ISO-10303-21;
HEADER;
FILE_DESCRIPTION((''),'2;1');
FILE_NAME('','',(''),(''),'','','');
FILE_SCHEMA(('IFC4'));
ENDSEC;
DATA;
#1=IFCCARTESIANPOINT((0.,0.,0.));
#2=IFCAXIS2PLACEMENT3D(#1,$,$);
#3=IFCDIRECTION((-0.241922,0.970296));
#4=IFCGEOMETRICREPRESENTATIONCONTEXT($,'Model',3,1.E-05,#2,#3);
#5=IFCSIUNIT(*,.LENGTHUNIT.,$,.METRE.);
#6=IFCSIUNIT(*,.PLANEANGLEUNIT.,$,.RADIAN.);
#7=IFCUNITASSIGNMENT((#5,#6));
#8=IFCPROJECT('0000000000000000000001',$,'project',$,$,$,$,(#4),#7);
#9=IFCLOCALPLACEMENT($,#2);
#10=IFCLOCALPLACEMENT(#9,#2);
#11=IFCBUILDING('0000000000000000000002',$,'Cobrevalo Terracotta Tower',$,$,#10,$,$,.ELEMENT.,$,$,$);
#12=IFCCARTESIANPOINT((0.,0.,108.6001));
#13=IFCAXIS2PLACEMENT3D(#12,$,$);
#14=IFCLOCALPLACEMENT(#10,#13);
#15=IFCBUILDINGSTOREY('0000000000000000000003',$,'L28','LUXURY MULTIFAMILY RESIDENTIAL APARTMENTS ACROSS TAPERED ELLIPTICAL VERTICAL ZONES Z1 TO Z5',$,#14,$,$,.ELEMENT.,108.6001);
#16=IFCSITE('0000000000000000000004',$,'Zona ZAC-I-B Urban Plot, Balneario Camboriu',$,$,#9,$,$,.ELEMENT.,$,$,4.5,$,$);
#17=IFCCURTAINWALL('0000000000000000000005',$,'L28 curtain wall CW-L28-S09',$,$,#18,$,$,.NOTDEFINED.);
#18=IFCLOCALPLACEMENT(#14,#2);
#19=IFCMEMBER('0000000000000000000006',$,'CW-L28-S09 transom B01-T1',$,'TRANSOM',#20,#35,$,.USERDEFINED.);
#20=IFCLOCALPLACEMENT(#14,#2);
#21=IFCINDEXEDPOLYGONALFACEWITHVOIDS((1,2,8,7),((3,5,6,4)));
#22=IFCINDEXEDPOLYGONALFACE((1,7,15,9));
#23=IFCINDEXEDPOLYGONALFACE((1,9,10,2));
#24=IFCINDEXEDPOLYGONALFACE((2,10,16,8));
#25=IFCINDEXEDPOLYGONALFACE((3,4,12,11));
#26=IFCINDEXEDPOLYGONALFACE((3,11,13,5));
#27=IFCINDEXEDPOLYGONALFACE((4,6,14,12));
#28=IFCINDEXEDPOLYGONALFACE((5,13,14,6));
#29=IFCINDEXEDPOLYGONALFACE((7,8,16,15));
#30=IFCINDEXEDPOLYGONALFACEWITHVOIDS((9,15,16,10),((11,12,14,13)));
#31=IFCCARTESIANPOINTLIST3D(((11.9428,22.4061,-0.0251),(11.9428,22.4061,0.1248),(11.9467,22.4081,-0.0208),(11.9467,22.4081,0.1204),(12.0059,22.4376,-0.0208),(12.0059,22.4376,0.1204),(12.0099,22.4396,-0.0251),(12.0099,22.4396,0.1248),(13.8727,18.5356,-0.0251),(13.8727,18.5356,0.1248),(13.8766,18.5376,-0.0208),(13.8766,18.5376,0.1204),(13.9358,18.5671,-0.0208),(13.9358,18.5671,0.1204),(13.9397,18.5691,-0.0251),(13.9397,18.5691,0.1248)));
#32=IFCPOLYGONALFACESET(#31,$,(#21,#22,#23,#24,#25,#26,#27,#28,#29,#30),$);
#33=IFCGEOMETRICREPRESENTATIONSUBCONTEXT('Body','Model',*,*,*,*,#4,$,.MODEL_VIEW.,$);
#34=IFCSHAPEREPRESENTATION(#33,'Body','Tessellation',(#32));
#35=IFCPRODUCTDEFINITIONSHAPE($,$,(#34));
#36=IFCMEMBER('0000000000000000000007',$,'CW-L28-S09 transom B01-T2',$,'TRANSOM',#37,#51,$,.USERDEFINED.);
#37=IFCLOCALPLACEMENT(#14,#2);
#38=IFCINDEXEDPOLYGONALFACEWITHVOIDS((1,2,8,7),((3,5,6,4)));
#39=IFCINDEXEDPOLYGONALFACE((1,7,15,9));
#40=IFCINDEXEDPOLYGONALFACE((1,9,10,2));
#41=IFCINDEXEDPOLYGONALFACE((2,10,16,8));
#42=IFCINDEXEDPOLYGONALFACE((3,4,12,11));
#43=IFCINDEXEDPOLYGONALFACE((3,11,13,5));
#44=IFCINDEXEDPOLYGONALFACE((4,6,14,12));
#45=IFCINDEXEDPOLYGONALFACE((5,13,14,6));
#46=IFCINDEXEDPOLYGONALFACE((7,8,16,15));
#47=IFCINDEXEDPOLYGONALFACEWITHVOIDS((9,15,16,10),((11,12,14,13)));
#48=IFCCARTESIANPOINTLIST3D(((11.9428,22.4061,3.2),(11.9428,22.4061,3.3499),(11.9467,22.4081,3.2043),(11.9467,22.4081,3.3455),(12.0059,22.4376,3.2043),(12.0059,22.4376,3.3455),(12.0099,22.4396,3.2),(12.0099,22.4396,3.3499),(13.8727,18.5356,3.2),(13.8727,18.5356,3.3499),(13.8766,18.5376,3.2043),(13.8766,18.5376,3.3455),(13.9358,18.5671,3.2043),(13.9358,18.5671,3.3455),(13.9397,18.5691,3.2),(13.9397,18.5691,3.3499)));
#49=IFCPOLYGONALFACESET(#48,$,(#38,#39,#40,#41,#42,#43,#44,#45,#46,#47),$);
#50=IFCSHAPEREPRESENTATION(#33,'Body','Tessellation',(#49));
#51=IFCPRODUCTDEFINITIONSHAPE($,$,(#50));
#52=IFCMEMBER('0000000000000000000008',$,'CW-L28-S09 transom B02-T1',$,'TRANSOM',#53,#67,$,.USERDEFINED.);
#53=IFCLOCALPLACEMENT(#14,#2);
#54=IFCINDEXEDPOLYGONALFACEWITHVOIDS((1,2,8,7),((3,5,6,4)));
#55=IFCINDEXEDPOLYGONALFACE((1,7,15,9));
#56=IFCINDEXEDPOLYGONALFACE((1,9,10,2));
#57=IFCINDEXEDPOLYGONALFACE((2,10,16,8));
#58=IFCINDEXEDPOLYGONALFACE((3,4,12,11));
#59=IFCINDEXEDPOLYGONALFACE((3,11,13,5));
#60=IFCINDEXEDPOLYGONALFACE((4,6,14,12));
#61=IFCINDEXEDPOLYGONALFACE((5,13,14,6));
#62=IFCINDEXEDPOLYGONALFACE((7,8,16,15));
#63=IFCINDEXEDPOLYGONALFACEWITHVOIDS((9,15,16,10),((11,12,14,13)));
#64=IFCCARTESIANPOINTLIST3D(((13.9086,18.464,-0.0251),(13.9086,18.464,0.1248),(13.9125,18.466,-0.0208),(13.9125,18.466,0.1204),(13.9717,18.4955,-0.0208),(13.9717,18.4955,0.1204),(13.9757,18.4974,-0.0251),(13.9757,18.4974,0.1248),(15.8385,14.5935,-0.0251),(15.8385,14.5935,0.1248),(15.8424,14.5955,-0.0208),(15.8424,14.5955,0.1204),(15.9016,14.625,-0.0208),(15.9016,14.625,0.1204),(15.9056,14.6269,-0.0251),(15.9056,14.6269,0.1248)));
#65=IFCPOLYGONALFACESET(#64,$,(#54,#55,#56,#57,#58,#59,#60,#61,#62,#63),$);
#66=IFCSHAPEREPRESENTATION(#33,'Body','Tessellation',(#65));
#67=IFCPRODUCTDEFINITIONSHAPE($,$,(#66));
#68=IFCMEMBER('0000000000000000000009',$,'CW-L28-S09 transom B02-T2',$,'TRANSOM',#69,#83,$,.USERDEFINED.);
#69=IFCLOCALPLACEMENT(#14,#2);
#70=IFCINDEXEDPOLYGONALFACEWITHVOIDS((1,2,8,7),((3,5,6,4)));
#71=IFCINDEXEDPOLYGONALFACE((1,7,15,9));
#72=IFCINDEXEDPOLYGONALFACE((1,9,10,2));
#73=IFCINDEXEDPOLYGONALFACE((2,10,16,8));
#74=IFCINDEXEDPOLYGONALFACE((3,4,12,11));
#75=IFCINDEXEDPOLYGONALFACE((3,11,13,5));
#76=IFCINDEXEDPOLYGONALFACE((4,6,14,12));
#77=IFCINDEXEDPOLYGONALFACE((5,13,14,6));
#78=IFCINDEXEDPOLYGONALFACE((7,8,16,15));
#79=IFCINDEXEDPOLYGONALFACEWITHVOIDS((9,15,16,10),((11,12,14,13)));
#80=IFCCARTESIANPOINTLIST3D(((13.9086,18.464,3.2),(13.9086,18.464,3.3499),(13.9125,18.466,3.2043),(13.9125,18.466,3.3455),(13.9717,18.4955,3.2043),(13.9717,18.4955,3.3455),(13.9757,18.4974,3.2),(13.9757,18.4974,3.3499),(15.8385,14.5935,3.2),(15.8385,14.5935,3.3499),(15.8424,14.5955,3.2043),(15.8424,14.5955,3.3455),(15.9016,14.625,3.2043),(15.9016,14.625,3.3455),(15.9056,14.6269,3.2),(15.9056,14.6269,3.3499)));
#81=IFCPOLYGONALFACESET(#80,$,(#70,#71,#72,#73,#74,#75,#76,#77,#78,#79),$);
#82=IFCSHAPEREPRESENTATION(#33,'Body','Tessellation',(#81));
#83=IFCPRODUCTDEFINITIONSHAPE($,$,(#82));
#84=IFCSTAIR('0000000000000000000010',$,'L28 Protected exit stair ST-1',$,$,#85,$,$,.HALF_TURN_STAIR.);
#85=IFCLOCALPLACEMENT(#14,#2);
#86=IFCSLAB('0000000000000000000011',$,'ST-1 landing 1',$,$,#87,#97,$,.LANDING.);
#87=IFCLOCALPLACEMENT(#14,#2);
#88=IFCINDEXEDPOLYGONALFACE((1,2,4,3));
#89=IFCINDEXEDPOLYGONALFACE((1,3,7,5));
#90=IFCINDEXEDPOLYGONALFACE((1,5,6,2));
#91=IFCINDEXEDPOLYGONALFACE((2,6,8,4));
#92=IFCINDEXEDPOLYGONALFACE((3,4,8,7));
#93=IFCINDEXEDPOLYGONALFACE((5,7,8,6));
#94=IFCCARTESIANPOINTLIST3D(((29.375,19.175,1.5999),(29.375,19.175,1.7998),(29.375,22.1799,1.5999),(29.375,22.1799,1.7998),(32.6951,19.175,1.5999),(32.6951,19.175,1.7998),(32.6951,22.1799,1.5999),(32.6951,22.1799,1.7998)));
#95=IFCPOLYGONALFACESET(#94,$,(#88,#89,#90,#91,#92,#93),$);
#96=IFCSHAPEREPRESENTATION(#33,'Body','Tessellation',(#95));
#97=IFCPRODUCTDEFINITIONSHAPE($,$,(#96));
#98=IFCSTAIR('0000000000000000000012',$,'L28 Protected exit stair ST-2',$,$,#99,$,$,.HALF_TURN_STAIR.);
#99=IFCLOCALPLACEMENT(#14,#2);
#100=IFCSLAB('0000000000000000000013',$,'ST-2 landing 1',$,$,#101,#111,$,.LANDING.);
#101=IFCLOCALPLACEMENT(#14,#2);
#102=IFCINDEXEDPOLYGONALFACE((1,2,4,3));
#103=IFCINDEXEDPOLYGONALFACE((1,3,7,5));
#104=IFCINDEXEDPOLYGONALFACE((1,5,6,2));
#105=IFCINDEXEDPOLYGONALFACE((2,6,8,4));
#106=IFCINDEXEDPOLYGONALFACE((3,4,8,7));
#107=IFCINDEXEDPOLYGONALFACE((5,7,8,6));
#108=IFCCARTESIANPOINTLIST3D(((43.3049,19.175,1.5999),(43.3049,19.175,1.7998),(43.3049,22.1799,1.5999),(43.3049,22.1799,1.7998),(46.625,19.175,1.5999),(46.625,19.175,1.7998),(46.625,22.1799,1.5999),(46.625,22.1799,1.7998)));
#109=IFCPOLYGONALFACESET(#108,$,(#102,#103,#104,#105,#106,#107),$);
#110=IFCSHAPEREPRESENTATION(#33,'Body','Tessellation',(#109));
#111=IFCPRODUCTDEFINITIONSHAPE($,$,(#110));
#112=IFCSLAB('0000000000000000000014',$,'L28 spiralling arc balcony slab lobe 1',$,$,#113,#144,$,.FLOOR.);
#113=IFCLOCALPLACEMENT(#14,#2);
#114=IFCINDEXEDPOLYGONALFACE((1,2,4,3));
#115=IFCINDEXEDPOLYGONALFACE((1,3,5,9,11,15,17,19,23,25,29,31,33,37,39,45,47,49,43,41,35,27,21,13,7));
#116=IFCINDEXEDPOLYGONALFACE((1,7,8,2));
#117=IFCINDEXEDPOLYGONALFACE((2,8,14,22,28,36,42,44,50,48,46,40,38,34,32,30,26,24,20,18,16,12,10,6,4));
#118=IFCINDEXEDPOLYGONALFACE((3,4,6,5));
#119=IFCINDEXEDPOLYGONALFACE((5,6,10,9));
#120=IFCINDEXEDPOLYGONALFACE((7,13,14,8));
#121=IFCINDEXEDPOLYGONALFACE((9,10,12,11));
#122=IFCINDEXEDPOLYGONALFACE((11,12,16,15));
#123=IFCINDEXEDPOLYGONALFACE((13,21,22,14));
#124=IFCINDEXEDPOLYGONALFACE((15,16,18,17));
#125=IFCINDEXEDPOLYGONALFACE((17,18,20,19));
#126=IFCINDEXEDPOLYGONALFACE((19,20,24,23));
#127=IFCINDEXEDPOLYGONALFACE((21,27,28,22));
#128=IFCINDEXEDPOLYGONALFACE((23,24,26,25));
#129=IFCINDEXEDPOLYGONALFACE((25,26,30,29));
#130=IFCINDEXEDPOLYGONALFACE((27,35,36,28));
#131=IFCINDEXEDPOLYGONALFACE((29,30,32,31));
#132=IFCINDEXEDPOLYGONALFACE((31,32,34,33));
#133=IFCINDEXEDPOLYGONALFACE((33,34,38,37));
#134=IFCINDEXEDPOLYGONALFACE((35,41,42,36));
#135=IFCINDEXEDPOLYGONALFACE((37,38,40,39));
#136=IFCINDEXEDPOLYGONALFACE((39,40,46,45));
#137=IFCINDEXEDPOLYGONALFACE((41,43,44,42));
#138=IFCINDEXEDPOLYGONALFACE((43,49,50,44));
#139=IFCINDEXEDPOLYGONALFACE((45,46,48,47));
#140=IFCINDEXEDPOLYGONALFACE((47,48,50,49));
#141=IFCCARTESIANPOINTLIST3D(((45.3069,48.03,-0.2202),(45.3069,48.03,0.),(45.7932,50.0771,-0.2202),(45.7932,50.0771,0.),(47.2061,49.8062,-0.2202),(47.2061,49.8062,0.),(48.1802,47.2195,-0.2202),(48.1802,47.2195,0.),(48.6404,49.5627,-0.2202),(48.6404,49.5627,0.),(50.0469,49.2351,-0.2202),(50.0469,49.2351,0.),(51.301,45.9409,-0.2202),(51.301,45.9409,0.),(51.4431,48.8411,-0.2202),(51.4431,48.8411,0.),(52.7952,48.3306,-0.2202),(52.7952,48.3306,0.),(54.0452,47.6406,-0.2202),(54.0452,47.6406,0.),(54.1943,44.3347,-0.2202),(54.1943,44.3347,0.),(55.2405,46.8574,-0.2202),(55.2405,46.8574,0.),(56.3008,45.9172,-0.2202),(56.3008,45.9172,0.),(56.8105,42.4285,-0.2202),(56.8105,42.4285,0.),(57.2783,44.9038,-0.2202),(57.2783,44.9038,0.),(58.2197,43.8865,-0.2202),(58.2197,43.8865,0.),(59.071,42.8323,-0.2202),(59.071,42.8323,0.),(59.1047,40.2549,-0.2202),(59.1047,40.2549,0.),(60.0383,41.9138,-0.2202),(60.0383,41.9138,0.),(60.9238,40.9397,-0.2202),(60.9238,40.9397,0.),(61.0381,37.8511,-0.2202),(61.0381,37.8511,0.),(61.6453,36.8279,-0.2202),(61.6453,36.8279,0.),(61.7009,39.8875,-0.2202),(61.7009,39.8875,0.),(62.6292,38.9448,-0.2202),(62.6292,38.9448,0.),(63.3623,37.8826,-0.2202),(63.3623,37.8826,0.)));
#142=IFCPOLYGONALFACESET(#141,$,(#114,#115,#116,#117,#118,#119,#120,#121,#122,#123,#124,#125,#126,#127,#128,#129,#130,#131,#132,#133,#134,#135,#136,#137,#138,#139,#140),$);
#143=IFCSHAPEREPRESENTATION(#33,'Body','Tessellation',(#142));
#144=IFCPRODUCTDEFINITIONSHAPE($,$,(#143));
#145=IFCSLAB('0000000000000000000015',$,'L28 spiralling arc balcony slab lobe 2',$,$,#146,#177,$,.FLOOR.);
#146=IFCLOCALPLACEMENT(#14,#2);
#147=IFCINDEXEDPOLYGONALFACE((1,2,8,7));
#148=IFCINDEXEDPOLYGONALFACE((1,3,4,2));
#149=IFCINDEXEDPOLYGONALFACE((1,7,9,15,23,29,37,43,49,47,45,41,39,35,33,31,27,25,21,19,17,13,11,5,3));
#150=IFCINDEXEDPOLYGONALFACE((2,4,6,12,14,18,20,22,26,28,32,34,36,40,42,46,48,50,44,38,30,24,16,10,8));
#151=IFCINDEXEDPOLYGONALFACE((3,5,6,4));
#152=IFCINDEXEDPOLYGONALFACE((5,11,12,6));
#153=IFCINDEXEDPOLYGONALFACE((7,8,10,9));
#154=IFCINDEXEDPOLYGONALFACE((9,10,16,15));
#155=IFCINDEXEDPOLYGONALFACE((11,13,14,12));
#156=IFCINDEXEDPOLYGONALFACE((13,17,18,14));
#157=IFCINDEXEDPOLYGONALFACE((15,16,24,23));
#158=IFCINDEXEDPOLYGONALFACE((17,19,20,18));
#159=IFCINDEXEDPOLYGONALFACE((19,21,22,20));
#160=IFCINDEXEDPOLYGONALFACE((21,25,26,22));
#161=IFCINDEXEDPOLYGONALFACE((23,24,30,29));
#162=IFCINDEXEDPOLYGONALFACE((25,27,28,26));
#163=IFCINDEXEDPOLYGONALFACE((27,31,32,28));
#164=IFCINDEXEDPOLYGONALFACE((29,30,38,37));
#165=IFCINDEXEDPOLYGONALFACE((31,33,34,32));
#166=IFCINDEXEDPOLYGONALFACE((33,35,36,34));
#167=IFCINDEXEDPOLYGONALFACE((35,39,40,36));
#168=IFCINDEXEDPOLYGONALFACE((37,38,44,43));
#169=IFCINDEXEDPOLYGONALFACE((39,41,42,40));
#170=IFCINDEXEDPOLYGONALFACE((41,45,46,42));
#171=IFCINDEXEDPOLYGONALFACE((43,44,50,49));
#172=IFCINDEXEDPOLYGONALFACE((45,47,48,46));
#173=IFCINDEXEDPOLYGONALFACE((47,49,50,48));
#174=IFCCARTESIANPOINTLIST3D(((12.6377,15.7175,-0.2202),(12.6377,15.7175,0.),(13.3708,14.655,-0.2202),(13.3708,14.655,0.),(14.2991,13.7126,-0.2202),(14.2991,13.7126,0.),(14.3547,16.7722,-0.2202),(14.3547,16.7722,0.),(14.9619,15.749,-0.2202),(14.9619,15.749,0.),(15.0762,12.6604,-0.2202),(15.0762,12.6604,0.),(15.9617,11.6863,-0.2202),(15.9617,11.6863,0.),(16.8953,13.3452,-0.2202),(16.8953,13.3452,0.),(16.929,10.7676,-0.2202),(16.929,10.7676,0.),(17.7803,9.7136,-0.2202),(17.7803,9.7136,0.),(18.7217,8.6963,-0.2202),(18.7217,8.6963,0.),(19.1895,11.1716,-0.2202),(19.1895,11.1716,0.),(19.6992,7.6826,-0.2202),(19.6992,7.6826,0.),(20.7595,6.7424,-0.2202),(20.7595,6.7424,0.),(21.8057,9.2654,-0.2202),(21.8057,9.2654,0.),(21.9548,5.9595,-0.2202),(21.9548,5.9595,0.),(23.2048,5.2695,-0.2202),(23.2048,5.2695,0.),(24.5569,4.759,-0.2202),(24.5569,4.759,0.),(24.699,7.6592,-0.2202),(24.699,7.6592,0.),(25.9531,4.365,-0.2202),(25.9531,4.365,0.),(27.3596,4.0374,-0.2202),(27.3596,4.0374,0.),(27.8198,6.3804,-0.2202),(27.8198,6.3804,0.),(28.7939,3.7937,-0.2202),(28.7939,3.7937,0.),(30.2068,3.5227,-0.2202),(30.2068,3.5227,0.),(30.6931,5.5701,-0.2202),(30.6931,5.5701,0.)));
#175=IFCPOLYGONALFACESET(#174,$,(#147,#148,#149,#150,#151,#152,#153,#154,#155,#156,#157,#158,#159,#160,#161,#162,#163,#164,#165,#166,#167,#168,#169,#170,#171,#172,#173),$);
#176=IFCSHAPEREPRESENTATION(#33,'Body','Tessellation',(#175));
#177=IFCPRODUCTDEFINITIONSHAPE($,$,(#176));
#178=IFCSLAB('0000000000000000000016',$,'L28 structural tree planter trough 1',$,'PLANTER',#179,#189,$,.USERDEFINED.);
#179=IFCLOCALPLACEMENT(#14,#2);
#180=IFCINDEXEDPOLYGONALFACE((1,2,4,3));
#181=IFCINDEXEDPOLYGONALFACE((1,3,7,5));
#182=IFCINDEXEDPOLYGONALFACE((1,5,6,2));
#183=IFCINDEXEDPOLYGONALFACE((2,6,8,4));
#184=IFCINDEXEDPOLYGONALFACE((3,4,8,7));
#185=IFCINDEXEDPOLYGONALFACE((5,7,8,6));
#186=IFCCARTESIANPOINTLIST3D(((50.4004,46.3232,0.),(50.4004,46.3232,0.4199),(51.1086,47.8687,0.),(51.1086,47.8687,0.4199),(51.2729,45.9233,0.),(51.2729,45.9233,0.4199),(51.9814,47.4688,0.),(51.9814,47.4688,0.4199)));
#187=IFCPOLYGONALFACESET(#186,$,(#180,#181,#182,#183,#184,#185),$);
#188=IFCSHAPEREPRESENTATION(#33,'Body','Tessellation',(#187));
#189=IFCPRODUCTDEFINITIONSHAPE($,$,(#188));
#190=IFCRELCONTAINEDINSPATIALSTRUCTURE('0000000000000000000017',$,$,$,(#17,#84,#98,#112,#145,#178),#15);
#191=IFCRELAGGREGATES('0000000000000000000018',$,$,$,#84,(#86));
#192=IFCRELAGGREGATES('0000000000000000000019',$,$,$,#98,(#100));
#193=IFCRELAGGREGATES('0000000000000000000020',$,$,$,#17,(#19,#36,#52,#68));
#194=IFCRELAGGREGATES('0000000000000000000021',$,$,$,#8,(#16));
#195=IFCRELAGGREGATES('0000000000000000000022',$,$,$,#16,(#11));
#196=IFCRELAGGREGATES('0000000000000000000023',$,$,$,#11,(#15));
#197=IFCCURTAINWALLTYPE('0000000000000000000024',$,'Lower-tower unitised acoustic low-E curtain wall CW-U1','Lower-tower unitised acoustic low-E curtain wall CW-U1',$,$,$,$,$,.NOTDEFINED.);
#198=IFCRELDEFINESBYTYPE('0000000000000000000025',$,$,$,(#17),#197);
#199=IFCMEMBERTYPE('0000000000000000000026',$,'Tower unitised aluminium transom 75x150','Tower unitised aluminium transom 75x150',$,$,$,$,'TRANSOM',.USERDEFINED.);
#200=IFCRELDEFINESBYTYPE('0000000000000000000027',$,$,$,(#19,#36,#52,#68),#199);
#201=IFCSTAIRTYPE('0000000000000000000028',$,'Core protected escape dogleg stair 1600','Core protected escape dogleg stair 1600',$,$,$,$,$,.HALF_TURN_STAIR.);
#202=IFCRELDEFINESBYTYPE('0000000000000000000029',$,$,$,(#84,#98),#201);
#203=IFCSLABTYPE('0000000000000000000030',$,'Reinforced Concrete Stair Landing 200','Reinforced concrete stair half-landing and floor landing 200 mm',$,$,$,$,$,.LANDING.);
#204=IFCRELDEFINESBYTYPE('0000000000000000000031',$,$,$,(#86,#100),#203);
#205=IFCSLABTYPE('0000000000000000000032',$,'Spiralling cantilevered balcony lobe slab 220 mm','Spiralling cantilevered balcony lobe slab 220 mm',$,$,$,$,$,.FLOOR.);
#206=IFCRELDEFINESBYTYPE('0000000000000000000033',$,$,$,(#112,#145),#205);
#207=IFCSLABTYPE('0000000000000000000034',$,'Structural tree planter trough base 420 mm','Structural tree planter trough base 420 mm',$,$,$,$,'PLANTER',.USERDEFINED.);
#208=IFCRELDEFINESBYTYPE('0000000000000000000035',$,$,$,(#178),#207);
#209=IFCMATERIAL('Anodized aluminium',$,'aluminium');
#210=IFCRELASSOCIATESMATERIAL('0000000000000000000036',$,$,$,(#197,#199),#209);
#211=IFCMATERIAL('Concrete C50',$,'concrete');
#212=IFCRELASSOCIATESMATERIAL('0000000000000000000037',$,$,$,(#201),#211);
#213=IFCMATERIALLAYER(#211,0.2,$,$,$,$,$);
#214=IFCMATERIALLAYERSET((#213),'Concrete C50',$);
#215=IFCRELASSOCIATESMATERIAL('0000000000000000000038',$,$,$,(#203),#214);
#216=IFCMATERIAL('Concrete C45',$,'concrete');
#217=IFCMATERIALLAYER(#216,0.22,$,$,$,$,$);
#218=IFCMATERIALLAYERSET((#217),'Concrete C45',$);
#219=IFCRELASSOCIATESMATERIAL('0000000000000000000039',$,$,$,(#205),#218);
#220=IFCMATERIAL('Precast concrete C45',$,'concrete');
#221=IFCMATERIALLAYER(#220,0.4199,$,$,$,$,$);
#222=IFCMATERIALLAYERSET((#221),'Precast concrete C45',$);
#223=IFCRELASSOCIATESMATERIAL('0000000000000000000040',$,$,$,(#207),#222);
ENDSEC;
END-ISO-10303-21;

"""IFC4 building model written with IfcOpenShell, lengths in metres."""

from ifc_helpers import new_model, si_unit, direction, frame, origin, origin_2d, place, context, subcontext, project, spatial, polyline, hollow_rectangle, outline, extrude, source, transform, mapped, material, layer, layer_set, material_profile, profile_set, type_object, element, aggregate, save


model = new_model("IFC4")

# Units and contexts
model_context = context("Model", 3, precision=1e-05, world=origin(), true_north=direction((-0.241922, 0.970296)))
body_context = subcontext(model_context, "Body", "Model", "MODEL_VIEW")
ifc_project = project(units=[si_unit("LENGTHUNIT", "METRE"), si_unit("PLANEANGLEUNIT", "RADIAN")], contexts=[model_context])

# Site, building, storey
site_placement = place(None, origin())
site = spatial("IfcSite", under=ifc_project, at=site_placement, Name="Zona ZAC-I-B Urban Plot, Balneario Camboriu", CompositionType="ELEMENT", RefElevation=4.5)
building_placement = place(site_placement, origin())
building = spatial("IfcBuilding", under=site, at=building_placement, Name="Cobrevalo Terracotta Tower", CompositionType="ELEMENT")
storey_placement = place(building_placement, frame((0.0, 0.0, 108.6001)))
storey = spatial("IfcBuildingStorey", under=building, at=storey_placement, Name="L28", Description="LUXURY MULTIFAMILY RESIDENTIAL APARTMENTS ACROSS TAPERED ELLIPTICAL VERTICAL ZONES Z1 TO Z5", CompositionType="ELEMENT", Elevation=108.6001)

# Shared definitions
ifc_material_1 = material(Name="Anodized aluminium", Category="aluminium")
curtain_wall_type = type_object("IfcCurtainWallType", Name="Lower-tower unitised acoustic low-E curtain wall CW-U1", Description="Lower-tower unitised acoustic low-E curtain wall CW-U1", PredefinedType="NOTDEFINED", material=ifc_material_1)

# Curtain wall, members
curtain_wall_1_placement = place(storey_placement, origin())
curtain_wall_1 = element("IfcCurtainWall", 1, at=curtain_wall_1_placement, inside=storey, type_object=curtain_wall_type, Name="L28 curtain wall CW-L28-S09", PredefinedType="NOTDEFINED")
ifc_material_profile_1 = material_profile(ifc_material_1, hollow_rectangle(XDim=0.075, YDim=0.1499, WallThickness=0.0044, at=origin_2d()), Name="CWT 75x150")
ifc_profile_set_1 = profile_set([ifc_material_profile_1], Name="Anodized aluminium")
member_type_1 = type_object("IfcMemberType", Name="Tower unitised aluminium transom 75x150", Description="Tower unitised aluminium transom 75x150", ElementType="TRANSOM", PredefinedType="USERDEFINED", material=ifc_profile_set_1)
shared_shape_1 = source(origin(), body_context, "Body", "SweptSolid", [
    extrude(hollow_rectangle(XDim=0.075, YDim=0.1499, WallThickness=0.0044, at=origin_2d()), origin(), (0.0, 0.0, 1.0), 4.325),
])
member_1_placement = place(storey_placement, frame((11.9763, 22.4229, 0.0498), z_axis=(0.44622, -0.894923, 0.0), x_axis=(0.894923, 0.44622, 0.0)))
member_1 = element("IfcMember", 2, at=member_1_placement, type_object=member_type_1, Name="CW-L28-S09 transom B01-T1", ObjectType="TRANSOM", PredefinedType="USERDEFINED", context=body_context, shape_type="MappedRepresentation", body=[
    mapped(shared_shape_1, transform((0.0, 0.0, 0.0), scale=1.0)),
])
member_2_placement = place(storey_placement, frame((11.9763, 22.4229, 3.2749), z_axis=(0.44622, -0.894923, 0.0), x_axis=(0.894923, 0.44622, 0.0)))
member_2 = element("IfcMember", 3, at=member_2_placement, type_object=member_type_1, Name="CW-L28-S09 transom B01-T2", ObjectType="TRANSOM", PredefinedType="USERDEFINED", context=body_context, shape_type="MappedRepresentation", body=[
    mapped(shared_shape_1, transform((0.0, 0.0, 0.0), scale=1.0)),
])
member_3_placement = place(storey_placement, frame((13.9421, 18.4807, 0.0498), z_axis=(0.44622, -0.894923, 0.0), x_axis=(0.894923, 0.44622, 0.0)))
member_3 = element("IfcMember", 4, at=member_3_placement, type_object=member_type_1, Name="CW-L28-S09 transom B02-T1", ObjectType="TRANSOM", PredefinedType="USERDEFINED", context=body_context, shape_type="MappedRepresentation", body=[
    mapped(shared_shape_1, transform((0.0, 0.0, 0.0), scale=1.0)),
])
member_4_placement = place(storey_placement, frame((13.9421, 18.4807, 3.2749), z_axis=(0.44622, -0.894923, 0.0), x_axis=(0.894923, 0.44622, 0.0)))
member_4 = element("IfcMember", 5, at=member_4_placement, type_object=member_type_1, Name="CW-L28-S09 transom B02-T2", ObjectType="TRANSOM", PredefinedType="USERDEFINED", context=body_context, shape_type="MappedRepresentation", body=[
    mapped(shared_shape_1, transform((0.0, 0.0, 0.0), scale=1.0)),
])

# Stairs, slabs
ifc_material_2 = material(Name="Concrete C50", Category="concrete")
stair_type = type_object("IfcStairType", Name="Core protected escape dogleg stair 1600", Description="Core protected escape dogleg stair 1600", PredefinedType="HALF_TURN_STAIR", material=ifc_material_2)
stair_1_placement = place(storey_placement, origin())
stair_1 = element("IfcStair", 6, at=stair_1_placement, inside=storey, type_object=stair_type, Name="L28 Protected exit stair ST-1", PredefinedType="HALF_TURN_STAIR")
ifc_layer_1 = layer(ifc_material_2, 0.2)
ifc_layer_set_1 = layer_set([ifc_layer_1], Name="Concrete C50")
slab_type_1 = type_object("IfcSlabType", Name="Reinforced Concrete Stair Landing 200", Description="Reinforced concrete stair half-landing and floor landing 200 mm", PredefinedType="LANDING", material=ifc_layer_set_1)
slab_1_placement = place(storey_placement, frame((0.0, 0.0, 1.5999)))
slab_1 = element("IfcSlab", 7, at=slab_1_placement, type_object=slab_type_1, Name="ST-1 landing 1", PredefinedType="LANDING", context=body_context, shape_type="SweptSolid", body=[
    extrude(outline(polyline([(29.375, 22.1799), (29.375, 19.175), (32.6951, 19.175), (32.6951, 22.1799), (29.375, 22.1799)])), origin(), (0.0, 0.0, 1.0), 0.2),
])
aggregate(stair_1, [slab_1])
stair_2_placement = place(storey_placement, origin())
stair_2 = element("IfcStair", 8, at=stair_2_placement, inside=storey, type_object=stair_type, Name="L28 Protected exit stair ST-2", PredefinedType="HALF_TURN_STAIR")
slab_2_placement = place(storey_placement, frame((0.0, 0.0, 1.5999)))
slab_2 = element("IfcSlab", 9, at=slab_2_placement, type_object=slab_type_1, Name="ST-2 landing 1", PredefinedType="LANDING", context=body_context, shape_type="SweptSolid", body=[
    extrude(outline(polyline([(43.3049, 22.1799), (43.3049, 19.175), (46.625, 19.175), (46.625, 22.1799), (43.3049, 22.1799)])), origin(), (0.0, 0.0, 1.0), 0.2),
])
aggregate(stair_2, [slab_2])

# Slabs
ifc_material_3 = material(Name="Concrete C45", Category="concrete")
ifc_layer_2 = layer(ifc_material_3, 0.22)
ifc_layer_set_2 = layer_set([ifc_layer_2], Name="Concrete C45")
slab_type_2 = type_object("IfcSlabType", Name="Spiralling cantilevered balcony lobe slab 220 mm", Description="Spiralling cantilevered balcony lobe slab 220 mm", PredefinedType="FLOOR", material=ifc_layer_set_2)
slab_3_placement = place(storey_placement, frame((0.0, 0.0, -0.2202)))
element("IfcSlab", 10, at=slab_3_placement, inside=storey, type_object=slab_type_2, Name="L28 spiralling arc balcony slab lobe 1", PredefinedType="FLOOR", context=body_context, shape_type="SweptSolid", body=[
    extrude(outline(polyline([(63.3623, 37.8826), (62.6292, 38.9448), (61.7009, 39.8875), (60.9238, 40.9397), (60.0383, 41.9138), (59.071, 42.8323), (58.2197, 43.8865), (57.2783, 44.9038), (56.3008, 45.9172), (55.2405, 46.8574), (54.0452, 47.6406), (52.7952, 48.3306), (51.4431, 48.8411), (50.0469, 49.2351), (48.6404, 49.5627), (47.2061, 49.8062), (45.7932, 50.0771), (45.3069, 48.03), (48.1802, 47.2195), (51.301, 45.9409), (54.1943, 44.3347), (56.8105, 42.4285), (59.1047, 40.2549), (61.0381, 37.8511), (61.6453, 36.8279), (63.3623, 37.8826)])), origin(), (0.0, 0.0, 1.0), 0.2202),
])
slab_4_placement = place(storey_placement, frame((0.0, 0.0, -0.2202)))
element("IfcSlab", 11, at=slab_4_placement, inside=storey, type_object=slab_type_2, Name="L28 spiralling arc balcony slab lobe 2", PredefinedType="FLOOR", context=body_context, shape_type="SweptSolid", body=[
    extrude(outline(polyline([(12.6377, 15.7175), (13.3708, 14.655), (14.2991, 13.7126), (15.0762, 12.6604), (15.9617, 11.6863), (16.929, 10.7676), (17.7803, 9.7136), (18.7217, 8.6963), (19.6992, 7.6826), (20.7595, 6.7424), (21.9548, 5.9595), (23.2048, 5.2695), (24.5569, 4.759), (25.9531, 4.365), (27.3596, 4.0374), (28.7939, 3.7937), (30.2068, 3.5227), (30.6931, 5.5701), (27.8198, 6.3804), (24.699, 7.6592), (21.8057, 9.2654), (19.1895, 11.1716), (16.8953, 13.3452), (14.9619, 15.749), (14.3547, 16.7722), (12.6377, 15.7175)])), origin(), (0.0, 0.0, 1.0), 0.2202),
])
ifc_material_4 = material(Name="Precast concrete C45", Category="concrete")
ifc_layer_3 = layer(ifc_material_4, 0.4199)
ifc_layer_set_3 = layer_set([ifc_layer_3], Name="Precast concrete C45")
slab_type_3 = type_object("IfcSlabType", Name="Structural tree planter trough base 420 mm", Description="Structural tree planter trough base 420 mm", ElementType="PLANTER", PredefinedType="USERDEFINED", material=ifc_layer_set_3)
slab_5_placement = place(storey_placement, origin())
element("IfcSlab", 12, at=slab_5_placement, inside=storey, type_object=slab_type_3, Name="L28 structural tree planter trough 1", ObjectType="PLANTER", PredefinedType="USERDEFINED", context=body_context, shape_type="SweptSolid", body=[
    extrude(outline(polyline([(51.2729, 45.9233), (51.9814, 47.4688), (51.1086, 47.8687), (50.4004, 46.3232), (51.2729, 45.9233)])), origin(), (0.0, 0.0, 1.0), 0.4199),
])

aggregate(curtain_wall_1, [member_1, member_2, member_3, member_4])

save(model, "model.ifc")
